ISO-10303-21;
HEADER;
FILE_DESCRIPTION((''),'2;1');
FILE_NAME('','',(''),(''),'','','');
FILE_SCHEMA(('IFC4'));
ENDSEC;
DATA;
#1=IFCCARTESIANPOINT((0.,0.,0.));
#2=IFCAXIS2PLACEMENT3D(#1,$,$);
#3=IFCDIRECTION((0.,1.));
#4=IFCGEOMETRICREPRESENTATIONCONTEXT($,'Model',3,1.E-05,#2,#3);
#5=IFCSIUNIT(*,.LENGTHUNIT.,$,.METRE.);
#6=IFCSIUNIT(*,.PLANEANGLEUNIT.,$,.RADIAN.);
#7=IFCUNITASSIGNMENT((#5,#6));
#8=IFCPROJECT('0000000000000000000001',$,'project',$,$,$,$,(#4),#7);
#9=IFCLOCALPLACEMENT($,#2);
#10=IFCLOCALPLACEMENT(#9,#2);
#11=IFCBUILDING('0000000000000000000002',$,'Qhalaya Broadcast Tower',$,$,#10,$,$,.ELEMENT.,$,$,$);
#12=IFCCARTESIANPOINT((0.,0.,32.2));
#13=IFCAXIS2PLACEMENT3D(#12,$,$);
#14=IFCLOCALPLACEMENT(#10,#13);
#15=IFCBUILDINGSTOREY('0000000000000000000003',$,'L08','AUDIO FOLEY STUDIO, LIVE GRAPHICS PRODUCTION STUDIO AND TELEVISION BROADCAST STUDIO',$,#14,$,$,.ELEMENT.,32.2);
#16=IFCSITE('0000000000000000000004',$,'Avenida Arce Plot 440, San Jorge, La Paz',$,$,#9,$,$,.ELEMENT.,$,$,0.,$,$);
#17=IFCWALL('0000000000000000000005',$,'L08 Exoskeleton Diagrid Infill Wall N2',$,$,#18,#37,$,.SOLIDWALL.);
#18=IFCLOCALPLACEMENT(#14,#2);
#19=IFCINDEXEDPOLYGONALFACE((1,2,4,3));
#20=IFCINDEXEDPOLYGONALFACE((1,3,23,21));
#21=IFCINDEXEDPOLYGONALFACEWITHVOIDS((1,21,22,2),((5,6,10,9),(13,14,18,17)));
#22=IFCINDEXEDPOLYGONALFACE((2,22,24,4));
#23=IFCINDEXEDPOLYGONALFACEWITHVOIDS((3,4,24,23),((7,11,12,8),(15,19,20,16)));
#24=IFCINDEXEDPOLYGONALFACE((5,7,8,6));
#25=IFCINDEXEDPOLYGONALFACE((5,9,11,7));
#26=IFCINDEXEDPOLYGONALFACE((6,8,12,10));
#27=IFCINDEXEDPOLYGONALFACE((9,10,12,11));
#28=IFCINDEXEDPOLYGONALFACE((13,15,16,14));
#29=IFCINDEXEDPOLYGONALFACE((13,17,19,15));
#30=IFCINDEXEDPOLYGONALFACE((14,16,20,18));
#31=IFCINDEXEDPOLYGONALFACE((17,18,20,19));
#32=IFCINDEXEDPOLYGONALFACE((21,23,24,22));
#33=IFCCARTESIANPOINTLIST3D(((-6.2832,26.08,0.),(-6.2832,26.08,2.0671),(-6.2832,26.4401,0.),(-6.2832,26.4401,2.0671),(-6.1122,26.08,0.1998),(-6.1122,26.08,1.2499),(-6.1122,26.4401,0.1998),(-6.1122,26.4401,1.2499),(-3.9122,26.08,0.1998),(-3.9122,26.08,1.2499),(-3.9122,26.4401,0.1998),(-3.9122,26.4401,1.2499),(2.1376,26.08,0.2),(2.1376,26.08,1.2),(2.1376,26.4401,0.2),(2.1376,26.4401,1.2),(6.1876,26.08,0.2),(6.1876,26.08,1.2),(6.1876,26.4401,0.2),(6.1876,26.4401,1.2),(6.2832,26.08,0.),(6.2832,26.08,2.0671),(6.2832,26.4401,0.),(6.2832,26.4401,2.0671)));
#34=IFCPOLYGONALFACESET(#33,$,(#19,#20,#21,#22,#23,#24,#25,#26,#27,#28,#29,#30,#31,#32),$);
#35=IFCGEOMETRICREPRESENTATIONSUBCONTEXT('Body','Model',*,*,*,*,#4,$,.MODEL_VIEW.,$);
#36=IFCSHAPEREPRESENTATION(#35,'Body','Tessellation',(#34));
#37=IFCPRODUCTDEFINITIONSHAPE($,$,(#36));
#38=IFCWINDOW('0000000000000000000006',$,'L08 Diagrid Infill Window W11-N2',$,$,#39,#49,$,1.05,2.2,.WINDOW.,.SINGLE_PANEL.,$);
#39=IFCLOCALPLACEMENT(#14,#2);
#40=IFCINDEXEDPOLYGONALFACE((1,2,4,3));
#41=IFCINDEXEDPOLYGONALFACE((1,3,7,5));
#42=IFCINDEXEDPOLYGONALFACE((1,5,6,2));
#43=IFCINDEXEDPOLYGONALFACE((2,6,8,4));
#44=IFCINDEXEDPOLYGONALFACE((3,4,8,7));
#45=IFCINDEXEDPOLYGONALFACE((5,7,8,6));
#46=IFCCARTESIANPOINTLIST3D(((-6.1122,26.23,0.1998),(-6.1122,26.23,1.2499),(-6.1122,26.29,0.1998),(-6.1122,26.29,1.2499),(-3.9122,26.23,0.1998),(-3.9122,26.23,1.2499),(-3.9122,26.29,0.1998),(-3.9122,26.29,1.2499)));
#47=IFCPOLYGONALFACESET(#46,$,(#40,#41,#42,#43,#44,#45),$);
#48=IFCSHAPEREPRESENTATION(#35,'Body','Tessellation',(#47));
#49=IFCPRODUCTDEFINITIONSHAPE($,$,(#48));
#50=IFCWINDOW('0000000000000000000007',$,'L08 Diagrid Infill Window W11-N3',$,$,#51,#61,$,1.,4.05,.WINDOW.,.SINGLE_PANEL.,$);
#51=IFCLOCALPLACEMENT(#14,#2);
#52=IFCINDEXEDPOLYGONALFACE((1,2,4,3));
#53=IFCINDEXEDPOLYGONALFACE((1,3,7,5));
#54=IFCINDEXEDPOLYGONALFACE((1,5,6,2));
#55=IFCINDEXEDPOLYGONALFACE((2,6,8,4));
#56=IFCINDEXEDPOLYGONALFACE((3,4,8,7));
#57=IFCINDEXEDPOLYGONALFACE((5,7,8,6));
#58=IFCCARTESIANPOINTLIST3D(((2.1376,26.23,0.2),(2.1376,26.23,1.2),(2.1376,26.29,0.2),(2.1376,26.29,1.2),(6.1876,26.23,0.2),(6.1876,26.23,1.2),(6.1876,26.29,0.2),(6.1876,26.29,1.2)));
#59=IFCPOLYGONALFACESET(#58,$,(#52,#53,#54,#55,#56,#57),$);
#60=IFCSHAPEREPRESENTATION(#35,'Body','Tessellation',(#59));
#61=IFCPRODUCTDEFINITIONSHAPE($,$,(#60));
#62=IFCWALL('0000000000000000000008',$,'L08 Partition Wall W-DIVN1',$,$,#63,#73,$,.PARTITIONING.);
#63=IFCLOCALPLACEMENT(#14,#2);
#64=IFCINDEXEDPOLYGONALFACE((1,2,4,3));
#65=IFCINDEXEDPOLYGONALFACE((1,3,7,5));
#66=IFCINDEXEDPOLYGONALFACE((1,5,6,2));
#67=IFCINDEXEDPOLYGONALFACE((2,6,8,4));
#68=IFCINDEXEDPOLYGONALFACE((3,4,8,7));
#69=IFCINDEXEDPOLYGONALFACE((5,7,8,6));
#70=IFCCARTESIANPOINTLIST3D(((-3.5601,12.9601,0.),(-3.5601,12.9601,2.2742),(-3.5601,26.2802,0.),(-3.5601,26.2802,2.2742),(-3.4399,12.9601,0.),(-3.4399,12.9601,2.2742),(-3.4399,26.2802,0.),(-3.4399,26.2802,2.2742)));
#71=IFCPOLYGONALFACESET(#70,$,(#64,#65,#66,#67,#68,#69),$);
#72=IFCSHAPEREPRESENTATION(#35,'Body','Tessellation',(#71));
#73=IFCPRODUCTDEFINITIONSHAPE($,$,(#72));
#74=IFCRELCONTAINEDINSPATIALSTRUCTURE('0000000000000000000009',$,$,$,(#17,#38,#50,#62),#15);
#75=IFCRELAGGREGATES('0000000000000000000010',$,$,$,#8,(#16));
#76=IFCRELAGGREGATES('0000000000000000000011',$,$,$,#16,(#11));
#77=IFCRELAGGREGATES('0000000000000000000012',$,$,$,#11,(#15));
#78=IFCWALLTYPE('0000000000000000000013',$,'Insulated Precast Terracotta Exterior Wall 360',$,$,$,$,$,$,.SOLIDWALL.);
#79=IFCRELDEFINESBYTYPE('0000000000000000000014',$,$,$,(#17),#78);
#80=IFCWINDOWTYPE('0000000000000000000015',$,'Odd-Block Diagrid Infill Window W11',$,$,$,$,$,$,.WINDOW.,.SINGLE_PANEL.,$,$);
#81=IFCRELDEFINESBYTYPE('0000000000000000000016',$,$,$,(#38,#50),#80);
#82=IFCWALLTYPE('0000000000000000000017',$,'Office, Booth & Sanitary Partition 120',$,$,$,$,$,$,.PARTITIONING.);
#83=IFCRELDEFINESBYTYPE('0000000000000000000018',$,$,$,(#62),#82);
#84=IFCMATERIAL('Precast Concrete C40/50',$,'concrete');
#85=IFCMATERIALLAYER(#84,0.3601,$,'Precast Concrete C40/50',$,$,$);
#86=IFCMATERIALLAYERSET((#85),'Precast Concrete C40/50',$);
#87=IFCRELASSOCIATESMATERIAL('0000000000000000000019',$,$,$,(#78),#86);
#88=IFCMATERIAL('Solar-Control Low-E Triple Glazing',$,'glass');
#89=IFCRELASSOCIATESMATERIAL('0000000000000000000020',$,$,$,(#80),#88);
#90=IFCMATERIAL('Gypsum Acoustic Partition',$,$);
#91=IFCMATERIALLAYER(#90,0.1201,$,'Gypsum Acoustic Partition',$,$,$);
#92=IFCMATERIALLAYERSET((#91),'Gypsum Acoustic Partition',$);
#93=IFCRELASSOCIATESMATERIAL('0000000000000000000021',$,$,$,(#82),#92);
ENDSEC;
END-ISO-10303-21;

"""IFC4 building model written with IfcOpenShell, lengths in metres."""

from ifc_helpers import new_model, si_unit, direction, frame, frame_2d, origin, place, context, subcontext, project, spatial, rectangle, extrude, material, layer, layer_set, type_object, element, fill, save


model = new_model("IFC4")

# Units and contexts
model_context = context("Model", 3, precision=1e-05, world=origin(), true_north=direction((0.0, 1.0)))
body_context = subcontext(model_context, "Body", "Model", "MODEL_VIEW")
ifc_project = project(units=[si_unit("LENGTHUNIT", "METRE"), si_unit("PLANEANGLEUNIT", "RADIAN")], contexts=[model_context])

# Site, building, storey
site_placement = place(None, origin())
site = spatial("IfcSite", under=ifc_project, at=site_placement, Name="Avenida Arce Plot 440, San Jorge, La Paz", CompositionType="ELEMENT", RefElevation=0.0)
building_placement = place(site_placement, origin())
building = spatial("IfcBuilding", under=site, at=building_placement, Name="Qhalaya Broadcast Tower", CompositionType="ELEMENT")
storey_placement = place(building_placement, frame((0.0, 0.0, 32.2)))
storey = spatial("IfcBuildingStorey", under=building, at=storey_placement, Name="L08", Description="AUDIO FOLEY STUDIO, LIVE GRAPHICS PRODUCTION STUDIO AND TELEVISION BROADCAST STUDIO", CompositionType="ELEMENT", Elevation=32.2)

# Shared definitions
ifc_material_1 = material(Name="Gypsum Acoustic Partition")

# Wall, openings, windows
ifc_material_2 = material(Name="Precast Concrete C40/50", Category="concrete")
ifc_layer_1 = layer(ifc_material_2, 0.3601, Name="Precast Concrete C40/50")
ifc_layer_set_1 = layer_set([ifc_layer_1], Name="Precast Concrete C40/50")
wall_type_1 = type_object("IfcWallType", Name="Insulated Precast Terracotta Exterior Wall 360", PredefinedType="SOLIDWALL", material=ifc_layer_set_1)
wall_1_placement = place(storey_placement, frame((-6.2832, 26.26, 0.0), z_axis=(0.0, 0.0, 1.0), x_axis=(1.0, 0.0, 0.0)))
wall_1 = element("IfcWall", 1, at=wall_1_placement, inside=storey, type_object=wall_type_1, Name="L08 Exoskeleton Diagrid Infill Wall N2", PredefinedType="SOLIDWALL", context=body_context, shape_type="SweptSolid", body=[
    extrude(rectangle(XDim=12.5664, YDim=0.3601, at=frame_2d((6.2832, 0.0))), origin(), (0.0, 0.0, 1.0), 2.0671),
])
opening_1_placement = place(wall_1_placement, frame((0.1709, 0.0, 0.2)))
opening_1 = element("IfcOpeningElement", 2, at=opening_1_placement, cuts=wall_1, PredefinedType="OPENING", context=body_context, shape_type="SweptSolid", body=[
    extrude(rectangle(XDim=2.2, YDim=1.05, at=frame_2d((1.1001, 0.5249))), frame((0.0, 0.1921, 0.0), z_axis=(0.0, -1.0, 0.0), x_axis=(1.0, 0.0, 0.0)), (0.0, 0.0, 1.0), 0.384),
])
opening_2_placement = place(wall_1_placement, frame((8.4209, 0.0, 0.2)))
opening_2 = element("IfcOpeningElement", 3, at=opening_2_placement, cuts=wall_1, PredefinedType="OPENING", context=body_context, shape_type="SweptSolid", body=[
    extrude(rectangle(XDim=4.05, YDim=1.0, at=frame_2d((2.0249, 0.5))), frame((0.0, 0.1921, 0.0), z_axis=(0.0, -1.0, 0.0), x_axis=(1.0, 0.0, 0.0)), (0.0, 0.0, 1.0), 0.384),
])
ifc_material_3 = material(Name="Solar-Control Low-E Triple Glazing", Category="glass")
window_type = type_object("IfcWindowType", Name="Odd-Block Diagrid Infill Window W11", PartitioningType="SINGLE_PANEL", PredefinedType="WINDOW", material=ifc_material_3)
window_1_placement = place(opening_1_placement, origin())
window_1 = element("IfcWindow", 4, at=window_1_placement, inside=storey, type_object=window_type, Name="L08 Diagrid Infill Window W11-N2", OverallHeight=1.05, OverallWidth=2.2, PartitioningType="SINGLE_PANEL", PredefinedType="WINDOW", context=body_context, shape_type="SweptSolid", body=[
    extrude(rectangle(XDim=2.2, YDim=1.05, at=frame_2d((1.1001, 0.5249))), frame((0.0, 0.03, 0.0), z_axis=(0.0, -1.0, 0.0), x_axis=(1.0, 0.0, 0.0)), (0.0, 0.0, 1.0), 0.0601),
])
fill(opening_1, window_1)
window_2_placement = place(opening_2_placement, origin())
window_2 = element("IfcWindow", 5, at=window_2_placement, inside=storey, type_object=window_type, Name="L08 Diagrid Infill Window W11-N3", OverallHeight=1.0, OverallWidth=4.05, PartitioningType="SINGLE_PANEL", PredefinedType="WINDOW", context=body_context, shape_type="SweptSolid", body=[
    extrude(rectangle(XDim=4.05, YDim=1.0, at=frame_2d((2.0249, 0.5))), frame((0.0, 0.03, 0.0), z_axis=(0.0, -1.0, 0.0), x_axis=(1.0, 0.0, 0.0)), (0.0, 0.0, 1.0), 0.0601),
])
fill(opening_2, window_2)

# Wall
ifc_layer_2 = layer(ifc_material_1, 0.1201, Name="Gypsum Acoustic Partition")
ifc_layer_set_2 = layer_set([ifc_layer_2], Name="Gypsum Acoustic Partition")
wall_type_2 = type_object("IfcWallType", Name="Office, Booth & Sanitary Partition 120", PredefinedType="PARTITIONING", material=ifc_layer_set_2)
wall_2_placement = place(storey_placement, frame((-3.5, 12.96, 0.0), z_axis=(0.0, 0.0, 1.0), x_axis=(0.0, 1.0, 0.0)))
element("IfcWall", 6, at=wall_2_placement, inside=storey, type_object=wall_type_2, Name="L08 Partition Wall W-DIVN1", PredefinedType="PARTITIONING", context=body_context, shape_type="SweptSolid", body=[
    extrude(rectangle(XDim=13.3201, YDim=0.1201, at=frame_2d((6.6602, 0.0))), origin(), (0.0, 0.0, 1.0), 2.2742),
])

save(model, "model.ifc")
